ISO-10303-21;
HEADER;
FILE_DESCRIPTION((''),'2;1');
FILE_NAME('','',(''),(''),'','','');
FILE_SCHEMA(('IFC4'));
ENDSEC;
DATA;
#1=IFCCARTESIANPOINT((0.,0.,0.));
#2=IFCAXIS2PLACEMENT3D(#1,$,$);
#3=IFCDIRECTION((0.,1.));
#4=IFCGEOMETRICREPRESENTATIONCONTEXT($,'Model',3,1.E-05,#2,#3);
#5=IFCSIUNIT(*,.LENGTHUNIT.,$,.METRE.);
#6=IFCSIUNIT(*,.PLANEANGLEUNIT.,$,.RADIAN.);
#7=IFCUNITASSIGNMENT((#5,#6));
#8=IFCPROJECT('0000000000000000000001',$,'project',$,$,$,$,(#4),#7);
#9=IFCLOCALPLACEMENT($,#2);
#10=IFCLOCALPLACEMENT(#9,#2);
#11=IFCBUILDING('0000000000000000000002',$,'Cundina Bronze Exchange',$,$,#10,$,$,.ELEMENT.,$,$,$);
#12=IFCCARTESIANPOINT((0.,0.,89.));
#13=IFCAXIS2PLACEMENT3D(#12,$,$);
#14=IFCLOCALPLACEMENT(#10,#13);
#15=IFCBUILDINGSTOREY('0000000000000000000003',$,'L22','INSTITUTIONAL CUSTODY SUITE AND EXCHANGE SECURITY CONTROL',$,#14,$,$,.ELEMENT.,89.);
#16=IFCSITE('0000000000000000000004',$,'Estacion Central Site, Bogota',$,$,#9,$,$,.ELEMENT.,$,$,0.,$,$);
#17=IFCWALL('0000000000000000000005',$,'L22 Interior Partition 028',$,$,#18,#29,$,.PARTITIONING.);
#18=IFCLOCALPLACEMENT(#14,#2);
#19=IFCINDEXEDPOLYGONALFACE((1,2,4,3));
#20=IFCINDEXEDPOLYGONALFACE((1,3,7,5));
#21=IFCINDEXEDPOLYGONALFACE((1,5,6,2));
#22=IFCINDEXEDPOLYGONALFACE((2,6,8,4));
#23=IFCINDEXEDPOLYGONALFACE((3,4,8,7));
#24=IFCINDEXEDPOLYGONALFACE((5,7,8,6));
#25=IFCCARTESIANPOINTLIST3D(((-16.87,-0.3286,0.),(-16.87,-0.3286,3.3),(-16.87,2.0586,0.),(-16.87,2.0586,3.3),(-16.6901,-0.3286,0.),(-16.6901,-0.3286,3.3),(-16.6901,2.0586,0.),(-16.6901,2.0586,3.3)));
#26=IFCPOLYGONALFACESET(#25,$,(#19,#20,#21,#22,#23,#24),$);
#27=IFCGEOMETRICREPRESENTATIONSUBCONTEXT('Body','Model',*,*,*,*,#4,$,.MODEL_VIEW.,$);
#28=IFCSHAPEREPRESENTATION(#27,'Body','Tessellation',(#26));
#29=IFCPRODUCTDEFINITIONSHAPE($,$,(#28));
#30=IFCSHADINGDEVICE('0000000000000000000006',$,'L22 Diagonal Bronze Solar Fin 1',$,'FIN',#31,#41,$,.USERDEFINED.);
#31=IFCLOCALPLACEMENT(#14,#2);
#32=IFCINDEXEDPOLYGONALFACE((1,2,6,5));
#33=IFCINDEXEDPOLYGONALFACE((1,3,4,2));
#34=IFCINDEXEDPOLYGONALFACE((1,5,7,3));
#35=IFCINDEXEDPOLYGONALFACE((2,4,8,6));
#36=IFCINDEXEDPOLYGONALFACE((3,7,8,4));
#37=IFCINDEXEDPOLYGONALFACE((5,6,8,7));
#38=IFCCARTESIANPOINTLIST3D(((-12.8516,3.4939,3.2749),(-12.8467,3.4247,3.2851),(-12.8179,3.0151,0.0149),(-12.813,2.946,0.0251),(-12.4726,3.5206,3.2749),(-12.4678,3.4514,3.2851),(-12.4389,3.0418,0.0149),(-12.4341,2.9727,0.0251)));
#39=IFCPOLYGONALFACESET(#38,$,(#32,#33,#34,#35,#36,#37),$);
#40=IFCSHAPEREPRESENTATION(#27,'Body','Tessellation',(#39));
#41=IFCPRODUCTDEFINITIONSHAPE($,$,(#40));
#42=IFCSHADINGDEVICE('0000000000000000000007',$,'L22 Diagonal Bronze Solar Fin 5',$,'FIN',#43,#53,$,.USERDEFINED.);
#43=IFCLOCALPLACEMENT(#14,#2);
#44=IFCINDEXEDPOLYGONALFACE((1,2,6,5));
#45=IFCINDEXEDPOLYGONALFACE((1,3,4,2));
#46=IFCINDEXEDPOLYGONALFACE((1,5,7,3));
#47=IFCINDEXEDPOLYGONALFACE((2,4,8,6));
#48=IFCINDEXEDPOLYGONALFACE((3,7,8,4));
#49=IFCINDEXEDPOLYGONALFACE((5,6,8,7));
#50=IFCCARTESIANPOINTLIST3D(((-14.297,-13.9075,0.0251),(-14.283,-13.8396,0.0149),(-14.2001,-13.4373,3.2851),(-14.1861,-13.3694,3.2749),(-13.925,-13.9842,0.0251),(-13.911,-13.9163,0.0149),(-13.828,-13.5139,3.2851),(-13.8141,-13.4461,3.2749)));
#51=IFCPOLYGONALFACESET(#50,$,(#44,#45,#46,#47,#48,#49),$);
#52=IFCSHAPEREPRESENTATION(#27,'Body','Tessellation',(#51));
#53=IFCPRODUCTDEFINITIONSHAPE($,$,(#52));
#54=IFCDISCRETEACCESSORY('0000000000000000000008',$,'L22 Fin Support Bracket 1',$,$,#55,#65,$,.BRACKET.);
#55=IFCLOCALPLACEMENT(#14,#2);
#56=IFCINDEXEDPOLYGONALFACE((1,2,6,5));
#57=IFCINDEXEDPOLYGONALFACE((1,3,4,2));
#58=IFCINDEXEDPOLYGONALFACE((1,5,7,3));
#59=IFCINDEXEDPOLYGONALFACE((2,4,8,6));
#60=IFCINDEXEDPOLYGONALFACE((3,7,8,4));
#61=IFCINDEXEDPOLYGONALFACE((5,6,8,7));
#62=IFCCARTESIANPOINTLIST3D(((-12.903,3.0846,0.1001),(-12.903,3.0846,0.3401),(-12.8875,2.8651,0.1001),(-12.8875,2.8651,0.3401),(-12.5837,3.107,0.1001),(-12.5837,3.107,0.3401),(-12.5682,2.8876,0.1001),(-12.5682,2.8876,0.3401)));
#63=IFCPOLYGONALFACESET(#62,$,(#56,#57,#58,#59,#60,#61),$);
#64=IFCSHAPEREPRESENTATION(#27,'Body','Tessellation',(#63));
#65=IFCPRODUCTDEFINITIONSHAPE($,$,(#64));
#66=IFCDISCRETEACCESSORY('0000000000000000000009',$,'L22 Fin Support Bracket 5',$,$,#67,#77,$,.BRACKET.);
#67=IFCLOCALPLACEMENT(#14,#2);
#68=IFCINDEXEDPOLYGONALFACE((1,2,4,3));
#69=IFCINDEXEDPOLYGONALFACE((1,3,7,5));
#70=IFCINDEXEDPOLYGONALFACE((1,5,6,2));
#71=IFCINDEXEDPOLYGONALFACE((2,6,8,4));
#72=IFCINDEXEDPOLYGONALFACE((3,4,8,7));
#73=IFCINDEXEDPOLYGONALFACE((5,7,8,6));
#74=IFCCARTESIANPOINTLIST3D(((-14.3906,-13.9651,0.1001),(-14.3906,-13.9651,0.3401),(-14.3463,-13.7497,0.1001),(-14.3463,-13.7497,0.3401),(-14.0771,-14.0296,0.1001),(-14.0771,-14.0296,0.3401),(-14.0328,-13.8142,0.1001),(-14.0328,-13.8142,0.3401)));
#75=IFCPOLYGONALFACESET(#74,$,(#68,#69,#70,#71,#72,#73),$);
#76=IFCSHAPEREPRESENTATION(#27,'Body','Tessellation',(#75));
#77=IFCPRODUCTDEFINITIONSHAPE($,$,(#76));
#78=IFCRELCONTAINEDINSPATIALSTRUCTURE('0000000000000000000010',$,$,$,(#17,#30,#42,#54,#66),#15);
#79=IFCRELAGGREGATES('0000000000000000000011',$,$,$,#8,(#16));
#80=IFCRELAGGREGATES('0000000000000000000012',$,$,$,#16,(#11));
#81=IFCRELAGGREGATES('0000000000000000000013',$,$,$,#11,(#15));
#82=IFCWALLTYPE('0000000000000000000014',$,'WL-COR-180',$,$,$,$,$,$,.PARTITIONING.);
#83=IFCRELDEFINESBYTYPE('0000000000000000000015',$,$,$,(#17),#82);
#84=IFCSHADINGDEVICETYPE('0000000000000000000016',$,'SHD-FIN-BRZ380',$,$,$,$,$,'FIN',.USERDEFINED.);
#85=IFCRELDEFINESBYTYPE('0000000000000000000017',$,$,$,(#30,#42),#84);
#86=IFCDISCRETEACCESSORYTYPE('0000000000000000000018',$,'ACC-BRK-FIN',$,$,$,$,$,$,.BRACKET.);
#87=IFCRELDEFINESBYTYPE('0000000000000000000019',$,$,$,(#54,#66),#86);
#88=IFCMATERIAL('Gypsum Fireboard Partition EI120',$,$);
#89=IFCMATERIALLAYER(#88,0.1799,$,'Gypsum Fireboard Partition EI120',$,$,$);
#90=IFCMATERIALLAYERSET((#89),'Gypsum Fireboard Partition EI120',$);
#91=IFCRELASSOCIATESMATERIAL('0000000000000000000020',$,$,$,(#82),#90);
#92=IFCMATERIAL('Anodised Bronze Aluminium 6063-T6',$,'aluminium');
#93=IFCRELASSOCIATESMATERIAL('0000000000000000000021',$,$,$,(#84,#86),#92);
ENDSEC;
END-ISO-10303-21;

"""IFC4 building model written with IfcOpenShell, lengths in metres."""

from ifc_helpers import new_model, si_unit, direction, frame, frame_2d, origin, origin_2d, place, context, subcontext, project, spatial, rectangle, extrude, material, layer, layer_set, material_profile, profile_set, type_object, element, save


model = new_model("IFC4")

# Units and contexts
model_context = context("Model", 3, precision=1e-05, world=origin(), true_north=direction((0.0, 1.0)))
body_context = subcontext(model_context, "Body", "Model", "MODEL_VIEW")
ifc_project = project(units=[si_unit("LENGTHUNIT", "METRE"), si_unit("PLANEANGLEUNIT", "RADIAN")], contexts=[model_context])

# Site, building, storey
site_placement = place(None, origin())
site = spatial("IfcSite", under=ifc_project, at=site_placement, Name="Estacion Central Site, Bogota", CompositionType="ELEMENT", RefElevation=0.0)
building_placement = place(site_placement, origin())
building = spatial("IfcBuilding", under=site, at=building_placement, Name="Cundina Bronze Exchange", CompositionType="ELEMENT")
storey_placement = place(building_placement, frame((0.0, 0.0, 89.0)))
storey = spatial("IfcBuildingStorey", under=building, at=storey_placement, Name="L22", Description="INSTITUTIONAL CUSTODY SUITE AND EXCHANGE SECURITY CONTROL", CompositionType="ELEMENT", Elevation=89.0)

# Shared definitions
ifc_material_1 = material(Name="Anodised Bronze Aluminium 6063-T6", Category="aluminium")

# Wall
ifc_material_2 = material(Name="Gypsum Fireboard Partition EI120")
ifc_layer_1 = layer(ifc_material_2, 0.1799, Name="Gypsum Fireboard Partition EI120")
ifc_layer_set_1 = layer_set([ifc_layer_1], Name="Gypsum Fireboard Partition EI120")
wall_type = type_object("IfcWallType", Name="WL-COR-180", PredefinedType="PARTITIONING", material=ifc_layer_set_1)
wall_1_placement = place(storey_placement, frame((-16.78, -0.3286, 0.0), z_axis=(0.0, 0.0, 1.0), x_axis=(0.0, 1.0, 0.0)))
element("IfcWall", 1, at=wall_1_placement, inside=storey, type_object=wall_type, Name="L22 Interior Partition 028", PredefinedType="PARTITIONING", context=body_context, shape_type="SweptSolid", body=[
    extrude(rectangle(XDim=2.3872, YDim=0.1799, at=frame_2d((1.1936, 0.0))), origin(), (0.0, 0.0, 1.0), 3.3),
])

# Shading devices
ifc_material_profile_1 = material_profile(ifc_material_1, rectangle(XDim=0.0701, YDim=0.3799, at=origin_2d()), Name="FIN70X380", Category="aluminium")
ifc_profile_set_1 = profile_set([ifc_material_profile_1], Name="Anodised Bronze Aluminium 6063-T6")
shading_device_type = type_object("IfcShadingDeviceType", Name="SHD-FIN-BRZ380", ElementType="FIN", PredefinedType="USERDEFINED", material=ifc_profile_set_1)
for number, where, z_axis, x_axis, name in (
    (2, (-12.626, 2.9939, 0.02), (-0.010225, 0.145292, 0.989336), (0.06945, -0.986895, 0.145652), "L22 Diagonal Bronze Solar Fin 1"),
    (3, (-14.104, -13.9119, 0.02), (0.029414, 0.142698, 0.989329), (-0.199728, -0.968959, 0.145698), "L22 Diagonal Bronze Solar Fin 5"),
):
    element("IfcShadingDevice", number, at=place(storey_placement, frame(where, z_axis=z_axis, x_axis=x_axis)), inside=storey, type_object=shading_device_type, Name=name, ObjectType="FIN", PredefinedType="USERDEFINED", context=body_context, shape_type="SweptSolid", body=[
        extrude(rectangle(XDim=0.0701, YDim=0.3799, at=origin_2d()), origin(), (0.0, 0.0, 1.0), 3.2952),
    ])

# Discrete accessories
discrete_accessory_type = type_object("IfcDiscreteAccessoryType", Name="ACC-BRK-FIN", PredefinedType="BRACKET", material=ifc_material_1)
for number, where, z_axis, x_axis, name in (
    (4, (-12.7356, 2.9861, 0.1001), (0.0, 0.0, 1.0), (-0.070279, 0.997527, 0.0), "L22 Fin Support Bracket 1"),
    (5, (-14.2117, -13.8896, 0.1001), (0.0, 0.0, 1.0), (0.20142, 0.979505, 0.0), "L22 Fin Support Bracket 5"),
):
    element("IfcDiscreteAccessory", number, at=place(storey_placement, frame(where, z_axis=z_axis, x_axis=x_axis)), inside=storey, type_object=discrete_accessory_type, Name=name, PredefinedType="BRACKET", context=body_context, shape_type="SweptSolid", body=[
        extrude(rectangle(XDim=0.22, YDim=0.3201, at=origin_2d()), origin(), (0.0, 0.0, 1.0), 0.24),
    ])

save(model, "model.ifc")
